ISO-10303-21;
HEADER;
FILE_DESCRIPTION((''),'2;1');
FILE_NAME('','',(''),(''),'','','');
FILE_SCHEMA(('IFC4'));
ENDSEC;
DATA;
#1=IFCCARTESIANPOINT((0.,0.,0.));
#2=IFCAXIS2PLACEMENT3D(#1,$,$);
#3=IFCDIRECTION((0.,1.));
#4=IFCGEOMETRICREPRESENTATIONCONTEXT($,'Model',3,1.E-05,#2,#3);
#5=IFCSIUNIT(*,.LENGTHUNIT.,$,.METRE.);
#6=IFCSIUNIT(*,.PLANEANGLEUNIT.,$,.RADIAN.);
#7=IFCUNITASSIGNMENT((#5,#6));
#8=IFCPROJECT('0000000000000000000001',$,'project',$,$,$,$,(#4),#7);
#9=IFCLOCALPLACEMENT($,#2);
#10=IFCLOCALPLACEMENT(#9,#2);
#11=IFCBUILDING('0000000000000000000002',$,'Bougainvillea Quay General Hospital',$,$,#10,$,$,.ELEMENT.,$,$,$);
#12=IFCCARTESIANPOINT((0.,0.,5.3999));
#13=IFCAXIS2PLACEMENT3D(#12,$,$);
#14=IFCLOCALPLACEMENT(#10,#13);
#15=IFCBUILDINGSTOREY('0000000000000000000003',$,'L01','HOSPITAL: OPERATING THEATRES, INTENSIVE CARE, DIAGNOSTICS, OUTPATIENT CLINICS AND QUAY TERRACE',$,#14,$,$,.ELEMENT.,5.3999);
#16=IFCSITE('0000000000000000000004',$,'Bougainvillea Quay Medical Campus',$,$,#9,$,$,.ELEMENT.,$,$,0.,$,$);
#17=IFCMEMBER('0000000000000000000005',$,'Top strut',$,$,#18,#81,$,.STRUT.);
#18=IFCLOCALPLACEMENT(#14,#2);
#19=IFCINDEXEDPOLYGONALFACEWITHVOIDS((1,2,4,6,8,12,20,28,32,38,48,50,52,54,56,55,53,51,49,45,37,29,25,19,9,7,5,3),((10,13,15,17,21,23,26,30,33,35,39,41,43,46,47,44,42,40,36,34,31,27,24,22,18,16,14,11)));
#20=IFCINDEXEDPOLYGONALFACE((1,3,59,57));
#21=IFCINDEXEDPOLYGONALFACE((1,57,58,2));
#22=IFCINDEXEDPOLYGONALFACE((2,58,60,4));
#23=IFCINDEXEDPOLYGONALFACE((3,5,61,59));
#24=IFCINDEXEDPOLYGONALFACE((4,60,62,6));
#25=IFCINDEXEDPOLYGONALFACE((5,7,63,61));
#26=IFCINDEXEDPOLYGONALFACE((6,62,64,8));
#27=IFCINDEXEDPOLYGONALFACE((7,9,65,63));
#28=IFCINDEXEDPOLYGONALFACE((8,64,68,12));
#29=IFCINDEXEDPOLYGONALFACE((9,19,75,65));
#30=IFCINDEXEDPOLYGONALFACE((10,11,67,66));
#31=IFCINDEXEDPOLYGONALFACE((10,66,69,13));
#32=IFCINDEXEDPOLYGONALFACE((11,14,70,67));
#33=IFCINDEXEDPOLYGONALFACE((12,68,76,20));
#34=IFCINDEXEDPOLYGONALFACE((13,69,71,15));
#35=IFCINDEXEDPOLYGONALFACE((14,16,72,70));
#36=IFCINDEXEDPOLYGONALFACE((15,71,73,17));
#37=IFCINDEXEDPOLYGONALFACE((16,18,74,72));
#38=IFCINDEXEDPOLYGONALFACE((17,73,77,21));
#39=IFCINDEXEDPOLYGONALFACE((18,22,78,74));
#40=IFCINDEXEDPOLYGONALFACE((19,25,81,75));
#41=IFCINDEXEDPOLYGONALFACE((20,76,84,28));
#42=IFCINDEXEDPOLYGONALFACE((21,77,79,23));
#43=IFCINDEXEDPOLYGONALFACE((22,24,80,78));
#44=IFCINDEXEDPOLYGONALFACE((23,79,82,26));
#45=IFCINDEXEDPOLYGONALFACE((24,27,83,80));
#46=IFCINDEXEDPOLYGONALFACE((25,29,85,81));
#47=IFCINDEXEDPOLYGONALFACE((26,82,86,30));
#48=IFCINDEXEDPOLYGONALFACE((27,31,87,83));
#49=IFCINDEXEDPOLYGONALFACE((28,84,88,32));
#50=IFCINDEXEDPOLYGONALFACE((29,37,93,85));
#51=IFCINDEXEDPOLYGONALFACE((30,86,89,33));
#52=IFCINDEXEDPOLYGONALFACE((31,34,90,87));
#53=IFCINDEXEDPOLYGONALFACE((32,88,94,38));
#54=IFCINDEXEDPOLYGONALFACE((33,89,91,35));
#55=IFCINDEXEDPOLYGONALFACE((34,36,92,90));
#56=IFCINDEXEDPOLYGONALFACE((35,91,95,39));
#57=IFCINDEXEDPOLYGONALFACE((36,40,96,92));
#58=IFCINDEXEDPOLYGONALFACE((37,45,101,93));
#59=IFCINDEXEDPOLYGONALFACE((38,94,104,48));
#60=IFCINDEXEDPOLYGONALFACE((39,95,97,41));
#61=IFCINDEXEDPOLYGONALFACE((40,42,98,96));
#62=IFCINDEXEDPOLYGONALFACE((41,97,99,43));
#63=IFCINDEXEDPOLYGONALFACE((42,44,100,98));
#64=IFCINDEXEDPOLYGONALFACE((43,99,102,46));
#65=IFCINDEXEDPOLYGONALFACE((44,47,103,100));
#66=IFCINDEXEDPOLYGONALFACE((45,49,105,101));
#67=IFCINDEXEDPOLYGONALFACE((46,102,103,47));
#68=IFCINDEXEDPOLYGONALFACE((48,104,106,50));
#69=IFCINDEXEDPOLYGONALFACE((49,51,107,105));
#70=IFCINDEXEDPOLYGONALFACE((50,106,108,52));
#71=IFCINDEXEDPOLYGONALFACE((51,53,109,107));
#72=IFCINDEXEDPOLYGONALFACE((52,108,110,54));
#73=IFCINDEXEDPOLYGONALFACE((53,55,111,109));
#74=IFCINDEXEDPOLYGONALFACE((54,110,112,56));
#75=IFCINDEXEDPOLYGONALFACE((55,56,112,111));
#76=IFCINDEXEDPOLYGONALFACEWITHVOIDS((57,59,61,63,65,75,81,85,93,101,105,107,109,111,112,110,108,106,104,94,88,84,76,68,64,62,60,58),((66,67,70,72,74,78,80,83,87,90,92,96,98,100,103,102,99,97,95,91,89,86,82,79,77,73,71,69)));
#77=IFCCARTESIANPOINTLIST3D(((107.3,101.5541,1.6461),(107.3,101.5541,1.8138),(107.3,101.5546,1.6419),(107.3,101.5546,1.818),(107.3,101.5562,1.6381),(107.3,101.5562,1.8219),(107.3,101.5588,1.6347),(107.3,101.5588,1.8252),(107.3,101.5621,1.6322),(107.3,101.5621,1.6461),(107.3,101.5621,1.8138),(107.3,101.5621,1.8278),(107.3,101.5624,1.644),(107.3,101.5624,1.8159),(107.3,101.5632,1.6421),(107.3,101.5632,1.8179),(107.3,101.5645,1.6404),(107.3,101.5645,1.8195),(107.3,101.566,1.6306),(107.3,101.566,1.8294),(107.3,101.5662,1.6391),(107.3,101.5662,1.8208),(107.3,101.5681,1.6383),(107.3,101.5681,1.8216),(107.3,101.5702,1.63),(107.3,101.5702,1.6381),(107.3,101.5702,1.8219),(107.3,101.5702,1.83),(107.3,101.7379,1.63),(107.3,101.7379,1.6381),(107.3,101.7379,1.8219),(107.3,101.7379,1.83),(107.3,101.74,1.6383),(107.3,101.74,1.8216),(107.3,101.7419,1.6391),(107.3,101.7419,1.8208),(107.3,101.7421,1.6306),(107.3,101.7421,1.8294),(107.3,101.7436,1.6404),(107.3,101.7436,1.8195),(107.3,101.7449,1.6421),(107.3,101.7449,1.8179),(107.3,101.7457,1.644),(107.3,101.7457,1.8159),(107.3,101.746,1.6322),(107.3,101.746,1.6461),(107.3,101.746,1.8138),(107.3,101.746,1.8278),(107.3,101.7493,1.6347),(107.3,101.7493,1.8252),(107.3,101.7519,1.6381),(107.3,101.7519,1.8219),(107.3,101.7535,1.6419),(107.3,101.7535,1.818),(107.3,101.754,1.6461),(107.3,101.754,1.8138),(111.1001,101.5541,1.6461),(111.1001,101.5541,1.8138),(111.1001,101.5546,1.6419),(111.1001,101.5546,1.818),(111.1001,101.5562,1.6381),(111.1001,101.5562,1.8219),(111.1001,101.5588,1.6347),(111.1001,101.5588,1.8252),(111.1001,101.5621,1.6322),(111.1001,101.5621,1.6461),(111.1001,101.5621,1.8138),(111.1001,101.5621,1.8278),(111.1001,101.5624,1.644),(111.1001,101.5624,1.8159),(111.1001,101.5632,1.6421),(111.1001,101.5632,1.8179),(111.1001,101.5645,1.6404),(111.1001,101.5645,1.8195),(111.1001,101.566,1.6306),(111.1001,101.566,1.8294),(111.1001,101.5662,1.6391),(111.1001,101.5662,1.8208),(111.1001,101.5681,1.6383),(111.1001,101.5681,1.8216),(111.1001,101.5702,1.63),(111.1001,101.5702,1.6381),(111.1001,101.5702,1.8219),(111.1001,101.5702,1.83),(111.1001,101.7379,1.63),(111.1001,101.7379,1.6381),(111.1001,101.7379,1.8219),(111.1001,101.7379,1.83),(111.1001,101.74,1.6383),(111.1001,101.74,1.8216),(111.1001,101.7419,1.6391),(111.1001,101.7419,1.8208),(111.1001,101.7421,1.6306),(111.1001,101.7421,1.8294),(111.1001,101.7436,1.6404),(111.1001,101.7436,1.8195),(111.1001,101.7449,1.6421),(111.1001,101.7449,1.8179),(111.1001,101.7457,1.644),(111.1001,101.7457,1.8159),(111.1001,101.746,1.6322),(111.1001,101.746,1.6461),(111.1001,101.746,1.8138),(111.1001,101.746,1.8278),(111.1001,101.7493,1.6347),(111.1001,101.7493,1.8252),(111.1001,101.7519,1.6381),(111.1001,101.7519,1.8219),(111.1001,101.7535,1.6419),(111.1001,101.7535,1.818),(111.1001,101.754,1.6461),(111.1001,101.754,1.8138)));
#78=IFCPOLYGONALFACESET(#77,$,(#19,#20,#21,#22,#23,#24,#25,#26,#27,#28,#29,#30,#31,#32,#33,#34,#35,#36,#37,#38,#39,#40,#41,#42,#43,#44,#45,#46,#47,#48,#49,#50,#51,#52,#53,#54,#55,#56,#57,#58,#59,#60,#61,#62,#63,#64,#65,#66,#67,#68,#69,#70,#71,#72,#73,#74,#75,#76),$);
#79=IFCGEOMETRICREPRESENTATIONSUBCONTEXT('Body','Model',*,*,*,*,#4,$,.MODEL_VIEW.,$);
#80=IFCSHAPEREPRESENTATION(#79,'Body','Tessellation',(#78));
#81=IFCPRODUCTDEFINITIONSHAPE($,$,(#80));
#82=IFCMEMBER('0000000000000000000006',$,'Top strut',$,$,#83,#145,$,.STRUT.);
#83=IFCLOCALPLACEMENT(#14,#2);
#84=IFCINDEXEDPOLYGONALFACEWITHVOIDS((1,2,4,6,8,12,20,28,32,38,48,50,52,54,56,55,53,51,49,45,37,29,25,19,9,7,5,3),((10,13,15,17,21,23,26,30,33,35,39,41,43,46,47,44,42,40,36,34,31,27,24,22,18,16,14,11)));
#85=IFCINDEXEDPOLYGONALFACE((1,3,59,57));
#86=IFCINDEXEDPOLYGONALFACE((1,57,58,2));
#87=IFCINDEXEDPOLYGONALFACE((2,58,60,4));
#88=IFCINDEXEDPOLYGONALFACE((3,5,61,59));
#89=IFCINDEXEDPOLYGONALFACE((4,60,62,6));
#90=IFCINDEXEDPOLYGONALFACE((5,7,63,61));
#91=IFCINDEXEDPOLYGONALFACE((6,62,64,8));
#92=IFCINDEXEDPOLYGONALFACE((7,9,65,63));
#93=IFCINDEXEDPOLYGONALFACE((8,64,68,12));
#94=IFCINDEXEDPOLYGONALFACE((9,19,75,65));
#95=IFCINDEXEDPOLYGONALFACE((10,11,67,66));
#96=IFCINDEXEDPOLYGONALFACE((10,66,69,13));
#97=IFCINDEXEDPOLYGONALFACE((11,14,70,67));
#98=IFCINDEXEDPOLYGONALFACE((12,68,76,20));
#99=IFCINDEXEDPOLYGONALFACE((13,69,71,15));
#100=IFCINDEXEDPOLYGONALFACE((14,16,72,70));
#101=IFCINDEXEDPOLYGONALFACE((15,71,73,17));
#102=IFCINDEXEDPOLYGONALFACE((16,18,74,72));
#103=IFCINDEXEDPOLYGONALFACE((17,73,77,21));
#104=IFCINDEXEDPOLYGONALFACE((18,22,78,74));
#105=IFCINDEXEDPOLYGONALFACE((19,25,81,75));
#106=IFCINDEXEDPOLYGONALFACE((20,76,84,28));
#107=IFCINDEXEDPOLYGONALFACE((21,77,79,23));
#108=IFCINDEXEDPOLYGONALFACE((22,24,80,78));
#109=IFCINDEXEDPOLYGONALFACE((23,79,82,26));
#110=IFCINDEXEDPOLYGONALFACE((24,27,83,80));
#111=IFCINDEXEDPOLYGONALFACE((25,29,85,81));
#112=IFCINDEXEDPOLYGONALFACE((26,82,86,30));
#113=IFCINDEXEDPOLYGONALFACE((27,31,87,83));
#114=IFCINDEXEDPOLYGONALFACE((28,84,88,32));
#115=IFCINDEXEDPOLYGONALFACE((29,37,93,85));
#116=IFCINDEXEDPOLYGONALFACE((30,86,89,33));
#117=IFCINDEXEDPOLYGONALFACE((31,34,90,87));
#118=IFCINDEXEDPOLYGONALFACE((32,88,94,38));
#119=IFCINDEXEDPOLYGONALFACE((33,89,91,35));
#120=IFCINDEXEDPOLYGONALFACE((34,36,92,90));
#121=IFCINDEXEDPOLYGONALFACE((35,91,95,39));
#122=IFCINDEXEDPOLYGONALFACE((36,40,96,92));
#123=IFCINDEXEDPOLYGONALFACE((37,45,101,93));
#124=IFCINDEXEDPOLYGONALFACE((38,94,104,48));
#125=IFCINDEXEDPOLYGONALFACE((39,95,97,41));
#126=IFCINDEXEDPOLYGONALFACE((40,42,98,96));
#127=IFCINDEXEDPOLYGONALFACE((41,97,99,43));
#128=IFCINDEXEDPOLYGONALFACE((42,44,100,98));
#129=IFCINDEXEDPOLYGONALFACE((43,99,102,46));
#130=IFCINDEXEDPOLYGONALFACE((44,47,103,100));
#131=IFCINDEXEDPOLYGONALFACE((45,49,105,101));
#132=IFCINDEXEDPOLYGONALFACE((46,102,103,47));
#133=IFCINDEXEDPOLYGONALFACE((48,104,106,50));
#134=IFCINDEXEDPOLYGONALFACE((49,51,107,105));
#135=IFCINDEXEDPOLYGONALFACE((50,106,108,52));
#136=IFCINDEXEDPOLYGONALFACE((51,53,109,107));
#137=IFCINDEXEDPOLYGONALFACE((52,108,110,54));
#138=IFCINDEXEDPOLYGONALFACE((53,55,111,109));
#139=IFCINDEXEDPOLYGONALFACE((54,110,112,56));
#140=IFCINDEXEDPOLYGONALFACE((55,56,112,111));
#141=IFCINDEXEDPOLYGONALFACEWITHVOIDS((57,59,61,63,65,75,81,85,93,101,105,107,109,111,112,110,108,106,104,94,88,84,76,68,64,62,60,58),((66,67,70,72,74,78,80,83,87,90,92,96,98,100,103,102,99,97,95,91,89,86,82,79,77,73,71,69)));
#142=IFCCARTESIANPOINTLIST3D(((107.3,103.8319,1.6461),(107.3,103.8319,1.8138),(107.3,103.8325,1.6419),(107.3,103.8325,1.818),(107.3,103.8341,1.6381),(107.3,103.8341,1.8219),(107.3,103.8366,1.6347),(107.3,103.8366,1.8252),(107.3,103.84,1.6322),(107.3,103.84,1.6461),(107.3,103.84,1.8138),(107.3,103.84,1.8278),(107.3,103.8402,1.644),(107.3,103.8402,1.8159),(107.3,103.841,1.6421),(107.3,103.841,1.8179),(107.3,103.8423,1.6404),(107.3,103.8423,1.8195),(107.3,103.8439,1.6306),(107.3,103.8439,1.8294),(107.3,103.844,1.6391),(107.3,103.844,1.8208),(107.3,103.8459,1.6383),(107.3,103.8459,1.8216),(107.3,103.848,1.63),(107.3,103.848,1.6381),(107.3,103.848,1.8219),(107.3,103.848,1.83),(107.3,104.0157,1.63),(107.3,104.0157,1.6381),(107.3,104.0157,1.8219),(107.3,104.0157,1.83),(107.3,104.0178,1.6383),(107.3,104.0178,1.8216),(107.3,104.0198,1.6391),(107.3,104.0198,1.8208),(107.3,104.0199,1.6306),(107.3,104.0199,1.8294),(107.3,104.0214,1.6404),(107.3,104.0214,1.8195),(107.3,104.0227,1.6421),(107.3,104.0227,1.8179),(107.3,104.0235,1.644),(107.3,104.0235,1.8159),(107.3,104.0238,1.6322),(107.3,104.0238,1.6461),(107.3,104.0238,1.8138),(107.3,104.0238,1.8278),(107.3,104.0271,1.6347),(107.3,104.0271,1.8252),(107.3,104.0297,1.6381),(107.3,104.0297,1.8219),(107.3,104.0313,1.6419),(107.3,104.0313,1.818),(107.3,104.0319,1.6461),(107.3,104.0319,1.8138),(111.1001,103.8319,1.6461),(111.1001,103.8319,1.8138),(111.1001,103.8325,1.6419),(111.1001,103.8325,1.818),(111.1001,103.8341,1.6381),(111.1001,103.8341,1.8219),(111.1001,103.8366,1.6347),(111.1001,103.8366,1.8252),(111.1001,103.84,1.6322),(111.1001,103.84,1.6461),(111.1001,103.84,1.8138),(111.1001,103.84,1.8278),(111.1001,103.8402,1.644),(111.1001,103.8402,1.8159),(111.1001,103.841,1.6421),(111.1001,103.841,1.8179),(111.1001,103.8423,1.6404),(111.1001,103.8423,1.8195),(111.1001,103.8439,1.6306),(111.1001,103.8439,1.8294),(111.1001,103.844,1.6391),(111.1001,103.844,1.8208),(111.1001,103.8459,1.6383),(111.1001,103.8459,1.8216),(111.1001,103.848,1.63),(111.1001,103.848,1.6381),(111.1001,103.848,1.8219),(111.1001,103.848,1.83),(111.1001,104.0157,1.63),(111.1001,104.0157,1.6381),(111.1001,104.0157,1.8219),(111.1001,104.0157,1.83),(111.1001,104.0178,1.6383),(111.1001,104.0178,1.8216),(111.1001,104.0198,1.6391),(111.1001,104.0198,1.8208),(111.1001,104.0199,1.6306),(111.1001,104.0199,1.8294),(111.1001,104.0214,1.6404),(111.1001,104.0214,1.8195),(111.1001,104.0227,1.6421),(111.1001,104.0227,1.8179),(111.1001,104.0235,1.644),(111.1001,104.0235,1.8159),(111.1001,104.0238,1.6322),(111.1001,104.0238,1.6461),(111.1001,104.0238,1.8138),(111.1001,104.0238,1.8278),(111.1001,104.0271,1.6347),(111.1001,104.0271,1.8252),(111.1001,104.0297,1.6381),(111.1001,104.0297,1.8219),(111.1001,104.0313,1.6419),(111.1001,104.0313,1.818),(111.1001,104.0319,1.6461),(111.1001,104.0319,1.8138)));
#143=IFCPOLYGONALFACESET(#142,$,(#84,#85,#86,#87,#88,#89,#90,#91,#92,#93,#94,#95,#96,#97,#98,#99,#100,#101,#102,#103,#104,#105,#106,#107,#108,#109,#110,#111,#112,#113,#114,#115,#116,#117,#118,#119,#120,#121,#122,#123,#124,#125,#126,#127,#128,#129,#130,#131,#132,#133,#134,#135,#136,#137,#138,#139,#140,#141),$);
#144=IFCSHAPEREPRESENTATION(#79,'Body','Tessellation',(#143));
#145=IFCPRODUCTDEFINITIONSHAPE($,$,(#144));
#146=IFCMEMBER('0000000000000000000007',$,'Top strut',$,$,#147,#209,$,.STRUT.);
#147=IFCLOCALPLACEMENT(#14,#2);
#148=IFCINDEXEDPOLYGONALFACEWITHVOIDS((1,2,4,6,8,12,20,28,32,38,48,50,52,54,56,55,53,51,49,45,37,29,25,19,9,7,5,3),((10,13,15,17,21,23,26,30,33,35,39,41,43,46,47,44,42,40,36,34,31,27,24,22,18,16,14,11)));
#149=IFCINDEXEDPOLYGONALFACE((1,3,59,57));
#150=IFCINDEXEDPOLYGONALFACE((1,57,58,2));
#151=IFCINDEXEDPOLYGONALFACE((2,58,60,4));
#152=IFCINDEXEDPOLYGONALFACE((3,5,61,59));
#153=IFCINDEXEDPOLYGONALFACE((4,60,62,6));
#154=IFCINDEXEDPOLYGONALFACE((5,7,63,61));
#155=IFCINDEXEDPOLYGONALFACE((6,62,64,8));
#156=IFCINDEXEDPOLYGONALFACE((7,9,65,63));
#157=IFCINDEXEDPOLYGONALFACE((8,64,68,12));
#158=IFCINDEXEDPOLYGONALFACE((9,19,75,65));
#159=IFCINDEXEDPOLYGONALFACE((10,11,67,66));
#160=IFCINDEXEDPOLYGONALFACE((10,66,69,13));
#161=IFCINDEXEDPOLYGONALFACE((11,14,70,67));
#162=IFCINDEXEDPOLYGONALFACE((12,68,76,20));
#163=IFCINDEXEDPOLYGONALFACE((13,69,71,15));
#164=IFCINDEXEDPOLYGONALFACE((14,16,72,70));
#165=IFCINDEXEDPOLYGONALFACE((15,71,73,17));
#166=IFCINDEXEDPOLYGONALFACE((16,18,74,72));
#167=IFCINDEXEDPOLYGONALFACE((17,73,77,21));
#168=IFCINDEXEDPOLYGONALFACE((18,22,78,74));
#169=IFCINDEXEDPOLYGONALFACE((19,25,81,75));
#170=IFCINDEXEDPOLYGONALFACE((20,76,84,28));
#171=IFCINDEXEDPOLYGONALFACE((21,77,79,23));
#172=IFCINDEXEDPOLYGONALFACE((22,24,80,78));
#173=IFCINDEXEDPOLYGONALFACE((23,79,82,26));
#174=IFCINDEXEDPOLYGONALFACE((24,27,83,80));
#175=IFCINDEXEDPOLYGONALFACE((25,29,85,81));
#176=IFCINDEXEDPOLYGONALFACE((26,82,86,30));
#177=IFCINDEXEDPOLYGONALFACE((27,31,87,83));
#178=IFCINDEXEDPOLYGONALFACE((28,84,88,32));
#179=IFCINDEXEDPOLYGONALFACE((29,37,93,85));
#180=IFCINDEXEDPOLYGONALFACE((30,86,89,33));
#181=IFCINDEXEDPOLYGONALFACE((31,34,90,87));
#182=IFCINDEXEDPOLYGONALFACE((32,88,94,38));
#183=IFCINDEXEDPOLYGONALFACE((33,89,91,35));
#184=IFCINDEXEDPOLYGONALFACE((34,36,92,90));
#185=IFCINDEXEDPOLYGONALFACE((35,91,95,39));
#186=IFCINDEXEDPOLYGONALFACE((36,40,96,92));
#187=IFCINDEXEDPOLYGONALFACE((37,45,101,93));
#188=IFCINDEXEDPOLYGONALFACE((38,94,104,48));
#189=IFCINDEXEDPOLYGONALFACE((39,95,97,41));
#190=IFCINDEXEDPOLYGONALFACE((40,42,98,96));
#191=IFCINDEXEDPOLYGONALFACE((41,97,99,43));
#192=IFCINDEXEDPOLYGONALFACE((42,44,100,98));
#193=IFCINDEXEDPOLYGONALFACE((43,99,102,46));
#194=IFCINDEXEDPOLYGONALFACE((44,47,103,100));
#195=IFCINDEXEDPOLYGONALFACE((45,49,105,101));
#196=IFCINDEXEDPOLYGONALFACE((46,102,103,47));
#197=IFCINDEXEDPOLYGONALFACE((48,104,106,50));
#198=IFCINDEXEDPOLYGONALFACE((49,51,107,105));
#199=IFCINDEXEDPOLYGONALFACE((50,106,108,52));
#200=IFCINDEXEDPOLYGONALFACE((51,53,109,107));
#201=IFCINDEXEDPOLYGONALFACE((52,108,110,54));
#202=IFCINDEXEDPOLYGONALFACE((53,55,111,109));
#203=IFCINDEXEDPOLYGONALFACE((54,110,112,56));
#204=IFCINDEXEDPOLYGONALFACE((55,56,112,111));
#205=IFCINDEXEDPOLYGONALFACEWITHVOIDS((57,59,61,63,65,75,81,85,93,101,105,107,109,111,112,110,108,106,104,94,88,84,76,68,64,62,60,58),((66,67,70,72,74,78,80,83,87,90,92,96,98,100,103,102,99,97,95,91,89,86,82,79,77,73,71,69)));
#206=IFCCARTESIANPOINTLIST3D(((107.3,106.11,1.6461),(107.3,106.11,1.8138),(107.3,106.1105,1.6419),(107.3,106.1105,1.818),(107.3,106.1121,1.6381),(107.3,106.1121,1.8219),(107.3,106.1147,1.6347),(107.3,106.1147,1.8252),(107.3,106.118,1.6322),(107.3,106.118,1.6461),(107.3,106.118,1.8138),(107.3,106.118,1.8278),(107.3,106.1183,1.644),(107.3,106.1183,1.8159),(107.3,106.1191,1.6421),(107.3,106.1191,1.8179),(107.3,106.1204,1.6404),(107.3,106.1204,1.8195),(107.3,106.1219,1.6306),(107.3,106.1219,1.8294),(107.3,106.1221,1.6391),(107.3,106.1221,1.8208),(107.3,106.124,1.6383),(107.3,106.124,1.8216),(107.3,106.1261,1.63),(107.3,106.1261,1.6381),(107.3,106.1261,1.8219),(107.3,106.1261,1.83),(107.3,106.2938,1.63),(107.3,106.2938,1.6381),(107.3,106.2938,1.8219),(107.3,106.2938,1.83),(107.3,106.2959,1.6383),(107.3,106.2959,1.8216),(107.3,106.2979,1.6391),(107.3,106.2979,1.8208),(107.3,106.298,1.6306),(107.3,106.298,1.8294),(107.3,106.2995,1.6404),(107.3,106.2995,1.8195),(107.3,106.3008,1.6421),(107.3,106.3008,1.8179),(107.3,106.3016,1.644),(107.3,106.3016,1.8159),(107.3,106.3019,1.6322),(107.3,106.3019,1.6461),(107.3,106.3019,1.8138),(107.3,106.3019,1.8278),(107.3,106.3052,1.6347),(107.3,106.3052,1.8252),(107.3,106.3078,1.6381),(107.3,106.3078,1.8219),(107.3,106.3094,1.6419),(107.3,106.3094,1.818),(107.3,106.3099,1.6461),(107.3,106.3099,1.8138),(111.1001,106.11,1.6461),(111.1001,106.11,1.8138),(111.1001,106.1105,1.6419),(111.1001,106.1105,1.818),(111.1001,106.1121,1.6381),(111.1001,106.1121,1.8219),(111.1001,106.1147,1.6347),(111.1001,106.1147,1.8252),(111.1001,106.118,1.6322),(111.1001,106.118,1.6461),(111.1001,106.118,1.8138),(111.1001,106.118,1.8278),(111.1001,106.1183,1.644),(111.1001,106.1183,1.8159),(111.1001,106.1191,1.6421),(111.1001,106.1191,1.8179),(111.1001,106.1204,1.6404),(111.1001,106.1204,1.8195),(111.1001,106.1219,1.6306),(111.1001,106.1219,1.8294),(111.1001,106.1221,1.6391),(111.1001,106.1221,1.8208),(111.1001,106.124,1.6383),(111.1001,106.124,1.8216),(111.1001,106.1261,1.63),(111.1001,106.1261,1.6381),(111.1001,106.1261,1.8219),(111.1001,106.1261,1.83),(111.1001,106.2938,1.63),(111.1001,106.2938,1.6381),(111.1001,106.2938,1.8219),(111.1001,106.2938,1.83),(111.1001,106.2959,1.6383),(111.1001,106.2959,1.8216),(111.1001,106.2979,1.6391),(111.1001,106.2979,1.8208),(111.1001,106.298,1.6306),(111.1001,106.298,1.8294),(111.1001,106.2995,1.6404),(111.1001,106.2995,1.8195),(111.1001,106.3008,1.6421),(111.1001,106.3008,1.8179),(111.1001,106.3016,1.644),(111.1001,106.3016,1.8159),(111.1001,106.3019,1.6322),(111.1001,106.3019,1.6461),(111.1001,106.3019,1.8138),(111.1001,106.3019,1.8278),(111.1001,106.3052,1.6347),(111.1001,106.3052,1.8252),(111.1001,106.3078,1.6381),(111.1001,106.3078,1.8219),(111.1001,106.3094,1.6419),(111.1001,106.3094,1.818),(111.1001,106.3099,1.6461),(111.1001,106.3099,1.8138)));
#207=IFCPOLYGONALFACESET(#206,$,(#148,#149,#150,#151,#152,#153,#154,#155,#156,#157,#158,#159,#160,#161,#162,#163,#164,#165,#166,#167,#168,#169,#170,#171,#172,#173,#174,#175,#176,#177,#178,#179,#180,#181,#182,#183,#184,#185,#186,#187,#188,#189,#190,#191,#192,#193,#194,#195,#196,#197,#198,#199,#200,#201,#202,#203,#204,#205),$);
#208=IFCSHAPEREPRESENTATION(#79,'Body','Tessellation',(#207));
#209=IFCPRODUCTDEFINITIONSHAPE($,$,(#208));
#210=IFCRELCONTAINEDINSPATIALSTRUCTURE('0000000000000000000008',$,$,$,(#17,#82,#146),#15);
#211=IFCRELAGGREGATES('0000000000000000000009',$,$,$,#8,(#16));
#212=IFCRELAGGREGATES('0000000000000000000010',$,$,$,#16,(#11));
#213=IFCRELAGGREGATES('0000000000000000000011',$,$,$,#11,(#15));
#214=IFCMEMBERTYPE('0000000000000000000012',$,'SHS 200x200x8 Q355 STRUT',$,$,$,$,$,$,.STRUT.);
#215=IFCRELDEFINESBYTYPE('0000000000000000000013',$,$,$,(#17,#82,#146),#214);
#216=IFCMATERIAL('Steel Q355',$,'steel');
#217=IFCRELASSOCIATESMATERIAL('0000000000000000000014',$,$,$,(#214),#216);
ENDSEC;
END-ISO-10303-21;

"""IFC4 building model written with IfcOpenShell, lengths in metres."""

from ifc_helpers import new_model, si_unit, direction, frame, origin, origin_2d, place, context, subcontext, project, spatial, hollow_rectangle, extrude, material, material_profile, profile_set, type_object, element, save


model = new_model("IFC4")

# Units and contexts
model_context = context("Model", 3, precision=1e-05, world=origin(), true_north=direction((0.0, 1.0)))
body_context = subcontext(model_context, "Body", "Model", "MODEL_VIEW")
ifc_project = project(units=[si_unit("LENGTHUNIT", "METRE"), si_unit("PLANEANGLEUNIT", "RADIAN")], contexts=[model_context])

# Site, building, storey
site_placement = place(None, origin())
site = spatial("IfcSite", under=ifc_project, at=site_placement, Name="Bougainvillea Quay Medical Campus", CompositionType="ELEMENT", RefElevation=0.0)
building_placement = place(site_placement, origin())
building = spatial("IfcBuilding", under=site, at=building_placement, Name="Bougainvillea Quay General Hospital", CompositionType="ELEMENT")
storey_placement = place(building_placement, frame((0.0, 0.0, 5.3999)))
storey = spatial("IfcBuildingStorey", under=building, at=storey_placement, Name="L01", Description="HOSPITAL: OPERATING THEATRES, INTENSIVE CARE, DIAGNOSTICS, OUTPATIENT CLINICS AND QUAY TERRACE", CompositionType="ELEMENT", Elevation=5.3999)

# Members
ifc_material = material(Name="Steel Q355", Category="steel")
ifc_material_profile_1 = material_profile(ifc_material, hollow_rectangle(XDim=0.2, YDim=0.2, WallThickness=0.0081, InnerFilletRadius=0.0081, OuterFilletRadius=0.0161, at=origin_2d()))
ifc_profile_set_1 = profile_set([ifc_material_profile_1], Name="Steel Q355")
member_type_1 = type_object("IfcMemberType", Name="SHS 200x200x8 Q355 STRUT", PredefinedType="STRUT", material=ifc_profile_set_1)
for number, where, z_axis, x_axis, name in (
    (1, (107.3, 101.6541, 1.73), (1.0, 0.0, 0.0), (0.0, 1.0, 0.0), "Top strut"),
    (2, (107.3, 103.9319, 1.73), (1.0, 0.0, 0.0), (0.0, 1.0, 0.0), "Top strut"),
    (3, (107.3, 106.21, 1.73), (1.0, 0.0, 0.0), (0.0, 1.0, 0.0), "Top strut"),
):
    element("IfcMember", number, at=place(storey_placement, frame(where, z_axis=z_axis, x_axis=x_axis)), inside=storey, type_object=member_type_1, Name=name, PredefinedType="STRUT", context=body_context, shape_type="SweptSolid", body=[
        extrude(hollow_rectangle(XDim=0.2, YDim=0.2, WallThickness=0.0081, InnerFilletRadius=0.0081, OuterFilletRadius=0.0161, at=origin_2d()), origin(), (0.0, 0.0, 1.0), 3.8),
    ])

save(model, "model.ifc")
